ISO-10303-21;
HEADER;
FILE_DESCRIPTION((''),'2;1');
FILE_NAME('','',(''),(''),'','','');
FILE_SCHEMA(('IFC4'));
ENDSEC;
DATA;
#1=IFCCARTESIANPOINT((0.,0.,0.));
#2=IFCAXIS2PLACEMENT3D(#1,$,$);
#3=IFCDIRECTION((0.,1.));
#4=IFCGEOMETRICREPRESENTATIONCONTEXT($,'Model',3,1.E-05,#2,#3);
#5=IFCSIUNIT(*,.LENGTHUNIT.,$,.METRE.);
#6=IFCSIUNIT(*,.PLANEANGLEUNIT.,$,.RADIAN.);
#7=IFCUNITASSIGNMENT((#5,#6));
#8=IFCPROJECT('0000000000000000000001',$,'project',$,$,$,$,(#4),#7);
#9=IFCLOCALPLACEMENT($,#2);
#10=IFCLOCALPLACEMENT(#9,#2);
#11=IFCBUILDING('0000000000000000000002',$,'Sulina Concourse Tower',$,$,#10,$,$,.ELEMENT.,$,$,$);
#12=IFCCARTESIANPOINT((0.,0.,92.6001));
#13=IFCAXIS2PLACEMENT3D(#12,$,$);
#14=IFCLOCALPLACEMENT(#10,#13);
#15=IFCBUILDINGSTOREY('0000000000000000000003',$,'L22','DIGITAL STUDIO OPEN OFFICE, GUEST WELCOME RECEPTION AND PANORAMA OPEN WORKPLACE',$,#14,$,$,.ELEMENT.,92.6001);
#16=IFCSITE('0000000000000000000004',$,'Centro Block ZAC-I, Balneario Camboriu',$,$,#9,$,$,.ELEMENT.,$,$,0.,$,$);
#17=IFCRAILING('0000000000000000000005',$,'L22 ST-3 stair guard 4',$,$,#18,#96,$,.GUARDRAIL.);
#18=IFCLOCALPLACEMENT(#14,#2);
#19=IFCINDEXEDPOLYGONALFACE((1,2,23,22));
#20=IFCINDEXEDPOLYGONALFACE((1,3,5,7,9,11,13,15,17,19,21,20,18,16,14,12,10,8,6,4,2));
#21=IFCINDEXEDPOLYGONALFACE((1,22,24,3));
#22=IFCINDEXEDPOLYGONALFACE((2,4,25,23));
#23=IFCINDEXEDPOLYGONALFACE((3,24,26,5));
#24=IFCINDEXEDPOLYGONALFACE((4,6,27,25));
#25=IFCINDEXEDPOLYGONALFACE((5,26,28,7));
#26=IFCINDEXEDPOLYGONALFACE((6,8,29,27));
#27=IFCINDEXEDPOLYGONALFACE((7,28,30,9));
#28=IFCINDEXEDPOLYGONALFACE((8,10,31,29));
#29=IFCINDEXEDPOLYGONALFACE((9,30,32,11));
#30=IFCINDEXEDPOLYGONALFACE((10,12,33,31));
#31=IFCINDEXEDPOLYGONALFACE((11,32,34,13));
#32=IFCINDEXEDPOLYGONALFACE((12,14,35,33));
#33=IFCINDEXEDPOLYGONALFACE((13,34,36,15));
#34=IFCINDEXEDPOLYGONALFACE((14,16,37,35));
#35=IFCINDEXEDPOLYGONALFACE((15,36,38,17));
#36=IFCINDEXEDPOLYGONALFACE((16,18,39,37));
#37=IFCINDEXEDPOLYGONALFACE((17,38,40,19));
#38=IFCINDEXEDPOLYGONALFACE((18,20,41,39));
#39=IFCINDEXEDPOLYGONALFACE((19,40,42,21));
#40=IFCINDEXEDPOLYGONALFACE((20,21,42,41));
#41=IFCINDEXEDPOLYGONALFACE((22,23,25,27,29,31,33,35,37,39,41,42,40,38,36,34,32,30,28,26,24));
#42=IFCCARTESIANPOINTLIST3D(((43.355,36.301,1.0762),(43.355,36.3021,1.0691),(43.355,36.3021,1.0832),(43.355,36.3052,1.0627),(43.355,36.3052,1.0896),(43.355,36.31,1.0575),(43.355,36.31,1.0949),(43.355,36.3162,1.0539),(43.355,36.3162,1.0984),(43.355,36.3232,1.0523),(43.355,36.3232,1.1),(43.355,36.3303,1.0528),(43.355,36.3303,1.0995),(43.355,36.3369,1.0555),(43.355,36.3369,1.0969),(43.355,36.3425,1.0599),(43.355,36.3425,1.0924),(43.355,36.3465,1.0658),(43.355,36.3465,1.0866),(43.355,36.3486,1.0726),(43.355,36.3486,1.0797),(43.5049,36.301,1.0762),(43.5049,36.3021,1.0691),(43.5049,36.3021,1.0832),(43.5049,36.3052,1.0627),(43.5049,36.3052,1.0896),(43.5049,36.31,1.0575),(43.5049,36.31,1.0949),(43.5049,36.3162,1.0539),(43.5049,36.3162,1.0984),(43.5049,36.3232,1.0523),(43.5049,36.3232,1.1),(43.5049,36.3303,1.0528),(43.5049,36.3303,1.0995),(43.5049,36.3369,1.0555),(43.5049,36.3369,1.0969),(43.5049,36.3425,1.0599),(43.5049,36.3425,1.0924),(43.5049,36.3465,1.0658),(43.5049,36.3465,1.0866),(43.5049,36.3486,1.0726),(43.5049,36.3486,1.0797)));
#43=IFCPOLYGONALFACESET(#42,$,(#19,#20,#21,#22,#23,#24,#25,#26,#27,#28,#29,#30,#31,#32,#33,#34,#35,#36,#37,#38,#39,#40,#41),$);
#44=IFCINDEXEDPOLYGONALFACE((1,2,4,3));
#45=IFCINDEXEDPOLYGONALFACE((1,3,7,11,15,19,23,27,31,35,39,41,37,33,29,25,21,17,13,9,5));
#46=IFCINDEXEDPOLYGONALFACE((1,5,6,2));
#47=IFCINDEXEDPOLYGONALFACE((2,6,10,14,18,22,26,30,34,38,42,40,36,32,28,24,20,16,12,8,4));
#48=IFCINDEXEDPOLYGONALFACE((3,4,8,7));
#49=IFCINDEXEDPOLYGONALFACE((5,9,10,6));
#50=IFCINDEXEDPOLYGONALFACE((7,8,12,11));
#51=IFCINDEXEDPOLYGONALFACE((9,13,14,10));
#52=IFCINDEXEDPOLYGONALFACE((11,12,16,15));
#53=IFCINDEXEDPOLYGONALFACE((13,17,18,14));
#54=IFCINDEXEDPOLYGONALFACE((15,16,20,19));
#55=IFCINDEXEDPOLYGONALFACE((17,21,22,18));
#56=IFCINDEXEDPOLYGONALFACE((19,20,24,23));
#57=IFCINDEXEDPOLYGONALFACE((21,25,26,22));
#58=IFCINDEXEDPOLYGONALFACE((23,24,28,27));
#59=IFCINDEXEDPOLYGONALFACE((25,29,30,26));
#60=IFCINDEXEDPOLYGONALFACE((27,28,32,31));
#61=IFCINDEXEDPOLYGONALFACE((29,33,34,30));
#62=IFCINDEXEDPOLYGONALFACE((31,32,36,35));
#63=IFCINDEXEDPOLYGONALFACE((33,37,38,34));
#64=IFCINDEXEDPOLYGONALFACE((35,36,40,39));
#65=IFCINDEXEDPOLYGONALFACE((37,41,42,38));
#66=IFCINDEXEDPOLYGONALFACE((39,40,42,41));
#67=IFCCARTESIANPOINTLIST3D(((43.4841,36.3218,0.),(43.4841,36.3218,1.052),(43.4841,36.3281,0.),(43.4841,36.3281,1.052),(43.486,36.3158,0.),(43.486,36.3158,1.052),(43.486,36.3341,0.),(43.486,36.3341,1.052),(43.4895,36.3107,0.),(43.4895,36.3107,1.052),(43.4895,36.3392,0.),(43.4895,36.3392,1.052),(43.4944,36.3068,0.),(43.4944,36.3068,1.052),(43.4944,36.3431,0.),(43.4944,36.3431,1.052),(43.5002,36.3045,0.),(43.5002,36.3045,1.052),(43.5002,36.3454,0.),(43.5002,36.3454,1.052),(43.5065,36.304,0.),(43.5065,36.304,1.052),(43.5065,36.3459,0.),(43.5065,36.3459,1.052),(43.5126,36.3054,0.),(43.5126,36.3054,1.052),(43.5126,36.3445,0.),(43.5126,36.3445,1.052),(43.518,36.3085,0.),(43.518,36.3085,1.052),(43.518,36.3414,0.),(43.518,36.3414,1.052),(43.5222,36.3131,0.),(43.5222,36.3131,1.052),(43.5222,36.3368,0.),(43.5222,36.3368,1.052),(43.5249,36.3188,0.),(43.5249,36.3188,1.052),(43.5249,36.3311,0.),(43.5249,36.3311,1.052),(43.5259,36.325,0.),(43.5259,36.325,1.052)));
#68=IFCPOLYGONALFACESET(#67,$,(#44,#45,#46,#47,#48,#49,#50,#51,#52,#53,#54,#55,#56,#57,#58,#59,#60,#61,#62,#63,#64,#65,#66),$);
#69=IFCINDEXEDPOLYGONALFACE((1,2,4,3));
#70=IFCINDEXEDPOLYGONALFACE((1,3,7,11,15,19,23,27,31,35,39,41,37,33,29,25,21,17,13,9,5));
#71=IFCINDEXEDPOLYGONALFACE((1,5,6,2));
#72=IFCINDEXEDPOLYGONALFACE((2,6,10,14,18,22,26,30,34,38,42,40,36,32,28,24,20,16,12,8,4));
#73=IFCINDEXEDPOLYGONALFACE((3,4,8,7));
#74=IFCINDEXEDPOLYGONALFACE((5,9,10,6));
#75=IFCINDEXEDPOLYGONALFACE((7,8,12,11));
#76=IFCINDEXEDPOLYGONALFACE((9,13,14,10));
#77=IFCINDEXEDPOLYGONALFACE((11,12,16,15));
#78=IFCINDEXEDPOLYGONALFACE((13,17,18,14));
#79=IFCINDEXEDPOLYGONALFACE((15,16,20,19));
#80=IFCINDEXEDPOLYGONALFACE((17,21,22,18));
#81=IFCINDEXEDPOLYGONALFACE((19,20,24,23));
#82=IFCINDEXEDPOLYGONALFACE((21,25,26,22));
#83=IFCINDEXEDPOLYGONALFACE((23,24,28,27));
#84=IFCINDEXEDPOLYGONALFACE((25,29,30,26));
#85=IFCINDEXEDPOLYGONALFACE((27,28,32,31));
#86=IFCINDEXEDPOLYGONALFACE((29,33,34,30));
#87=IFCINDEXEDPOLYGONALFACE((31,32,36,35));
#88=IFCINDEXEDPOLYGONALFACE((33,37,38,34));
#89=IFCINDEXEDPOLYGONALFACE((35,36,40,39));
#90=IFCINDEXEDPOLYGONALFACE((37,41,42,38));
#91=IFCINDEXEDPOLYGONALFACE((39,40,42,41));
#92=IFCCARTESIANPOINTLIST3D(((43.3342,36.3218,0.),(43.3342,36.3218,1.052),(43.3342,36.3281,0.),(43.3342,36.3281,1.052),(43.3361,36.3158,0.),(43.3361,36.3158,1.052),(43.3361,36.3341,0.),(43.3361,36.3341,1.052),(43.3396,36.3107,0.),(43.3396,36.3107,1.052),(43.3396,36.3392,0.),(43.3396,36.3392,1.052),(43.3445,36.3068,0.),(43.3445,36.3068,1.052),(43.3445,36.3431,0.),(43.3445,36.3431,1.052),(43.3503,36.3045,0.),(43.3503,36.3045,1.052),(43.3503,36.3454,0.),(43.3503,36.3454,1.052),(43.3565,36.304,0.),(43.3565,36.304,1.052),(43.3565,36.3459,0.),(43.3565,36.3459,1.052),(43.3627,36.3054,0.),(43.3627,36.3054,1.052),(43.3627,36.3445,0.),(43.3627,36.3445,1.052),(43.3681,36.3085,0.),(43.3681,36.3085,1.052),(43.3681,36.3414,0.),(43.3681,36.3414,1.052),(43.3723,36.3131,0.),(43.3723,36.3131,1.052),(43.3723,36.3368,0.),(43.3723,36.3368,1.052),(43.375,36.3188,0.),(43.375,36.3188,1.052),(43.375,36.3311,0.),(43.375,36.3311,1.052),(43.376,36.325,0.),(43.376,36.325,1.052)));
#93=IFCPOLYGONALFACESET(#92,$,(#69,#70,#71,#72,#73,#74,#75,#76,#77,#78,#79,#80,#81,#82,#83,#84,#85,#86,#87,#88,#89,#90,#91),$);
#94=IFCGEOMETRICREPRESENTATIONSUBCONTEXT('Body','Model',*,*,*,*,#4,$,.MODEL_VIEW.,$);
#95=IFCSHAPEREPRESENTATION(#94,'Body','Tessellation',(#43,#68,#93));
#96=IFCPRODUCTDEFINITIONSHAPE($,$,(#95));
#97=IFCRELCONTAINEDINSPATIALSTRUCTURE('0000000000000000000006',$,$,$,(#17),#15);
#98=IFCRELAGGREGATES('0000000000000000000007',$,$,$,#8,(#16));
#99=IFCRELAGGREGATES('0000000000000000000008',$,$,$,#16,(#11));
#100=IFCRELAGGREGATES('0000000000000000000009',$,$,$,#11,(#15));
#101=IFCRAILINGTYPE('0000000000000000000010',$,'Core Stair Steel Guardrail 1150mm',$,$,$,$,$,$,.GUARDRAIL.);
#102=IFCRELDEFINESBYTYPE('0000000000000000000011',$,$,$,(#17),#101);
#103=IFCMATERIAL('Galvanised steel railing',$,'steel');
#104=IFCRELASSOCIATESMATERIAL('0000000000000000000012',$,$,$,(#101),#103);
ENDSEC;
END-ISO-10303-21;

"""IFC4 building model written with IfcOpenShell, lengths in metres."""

from ifc_helpers import new_model, si_unit, direction, frame, origin, origin_2d, place, context, subcontext, project, spatial, circle, extrude, material, type_object, element, save


model = new_model("IFC4")

# Units and contexts
model_context = context("Model", 3, precision=1e-05, world=origin(), true_north=direction((0.0, 1.0)))
body_context = subcontext(model_context, "Body", "Model", "MODEL_VIEW")
ifc_project = project(units=[si_unit("LENGTHUNIT", "METRE"), si_unit("PLANEANGLEUNIT", "RADIAN")], contexts=[model_context])

# Site, building, storey
site_placement = place(None, origin())
site = spatial("IfcSite", under=ifc_project, at=site_placement, Name="Centro Block ZAC-I, Balneario Camboriu", CompositionType="ELEMENT", RefElevation=0.0)
building_placement = place(site_placement, origin())
building = spatial("IfcBuilding", under=site, at=building_placement, Name="Sulina Concourse Tower", CompositionType="ELEMENT")
storey_placement = place(building_placement, frame((0.0, 0.0, 92.6001)))
storey = spatial("IfcBuildingStorey", under=building, at=storey_placement, Name="L22", Description="DIGITAL STUDIO OPEN OFFICE, GUEST WELCOME RECEPTION AND PANORAMA OPEN WORKPLACE", CompositionType="ELEMENT", Elevation=92.6001)

# Railing
ifc_material_1 = material(Name="Galvanised steel railing", Category="steel")
railing_type_1 = type_object("IfcRailingType", Name="Core Stair Steel Guardrail 1150mm", PredefinedType="GUARDRAIL", material=ifc_material_1)
railing_1_placement = place(storey_placement, frame((43.5049, 36.325, 0.0)))
element("IfcRailing", 1, at=railing_1_placement, inside=storey, type_object=railing_type_1, Name="L22 ST-3 stair guard 4", PredefinedType="GUARDRAIL", context=body_context, shape_type="SweptSolid", body=[
    extrude(circle(Radius=0.0239, at=origin_2d()), frame((0.0, 0.0, 1.0762), z_axis=(-1.0, 0.0, 0.0), x_axis=(0.0, -1.0, 0.0)), (0.0, 0.0, 1.0), 0.1499),
    extrude(circle(Radius=0.021, at=origin_2d()), origin(), (0.0, 0.0, 1.0), 1.052),
    extrude(circle(Radius=0.021, at=origin_2d()), frame((-0.1499, 0.0, 0.0)), (0.0, 0.0, 1.0), 1.052),
])

save(model, "model.ifc")
